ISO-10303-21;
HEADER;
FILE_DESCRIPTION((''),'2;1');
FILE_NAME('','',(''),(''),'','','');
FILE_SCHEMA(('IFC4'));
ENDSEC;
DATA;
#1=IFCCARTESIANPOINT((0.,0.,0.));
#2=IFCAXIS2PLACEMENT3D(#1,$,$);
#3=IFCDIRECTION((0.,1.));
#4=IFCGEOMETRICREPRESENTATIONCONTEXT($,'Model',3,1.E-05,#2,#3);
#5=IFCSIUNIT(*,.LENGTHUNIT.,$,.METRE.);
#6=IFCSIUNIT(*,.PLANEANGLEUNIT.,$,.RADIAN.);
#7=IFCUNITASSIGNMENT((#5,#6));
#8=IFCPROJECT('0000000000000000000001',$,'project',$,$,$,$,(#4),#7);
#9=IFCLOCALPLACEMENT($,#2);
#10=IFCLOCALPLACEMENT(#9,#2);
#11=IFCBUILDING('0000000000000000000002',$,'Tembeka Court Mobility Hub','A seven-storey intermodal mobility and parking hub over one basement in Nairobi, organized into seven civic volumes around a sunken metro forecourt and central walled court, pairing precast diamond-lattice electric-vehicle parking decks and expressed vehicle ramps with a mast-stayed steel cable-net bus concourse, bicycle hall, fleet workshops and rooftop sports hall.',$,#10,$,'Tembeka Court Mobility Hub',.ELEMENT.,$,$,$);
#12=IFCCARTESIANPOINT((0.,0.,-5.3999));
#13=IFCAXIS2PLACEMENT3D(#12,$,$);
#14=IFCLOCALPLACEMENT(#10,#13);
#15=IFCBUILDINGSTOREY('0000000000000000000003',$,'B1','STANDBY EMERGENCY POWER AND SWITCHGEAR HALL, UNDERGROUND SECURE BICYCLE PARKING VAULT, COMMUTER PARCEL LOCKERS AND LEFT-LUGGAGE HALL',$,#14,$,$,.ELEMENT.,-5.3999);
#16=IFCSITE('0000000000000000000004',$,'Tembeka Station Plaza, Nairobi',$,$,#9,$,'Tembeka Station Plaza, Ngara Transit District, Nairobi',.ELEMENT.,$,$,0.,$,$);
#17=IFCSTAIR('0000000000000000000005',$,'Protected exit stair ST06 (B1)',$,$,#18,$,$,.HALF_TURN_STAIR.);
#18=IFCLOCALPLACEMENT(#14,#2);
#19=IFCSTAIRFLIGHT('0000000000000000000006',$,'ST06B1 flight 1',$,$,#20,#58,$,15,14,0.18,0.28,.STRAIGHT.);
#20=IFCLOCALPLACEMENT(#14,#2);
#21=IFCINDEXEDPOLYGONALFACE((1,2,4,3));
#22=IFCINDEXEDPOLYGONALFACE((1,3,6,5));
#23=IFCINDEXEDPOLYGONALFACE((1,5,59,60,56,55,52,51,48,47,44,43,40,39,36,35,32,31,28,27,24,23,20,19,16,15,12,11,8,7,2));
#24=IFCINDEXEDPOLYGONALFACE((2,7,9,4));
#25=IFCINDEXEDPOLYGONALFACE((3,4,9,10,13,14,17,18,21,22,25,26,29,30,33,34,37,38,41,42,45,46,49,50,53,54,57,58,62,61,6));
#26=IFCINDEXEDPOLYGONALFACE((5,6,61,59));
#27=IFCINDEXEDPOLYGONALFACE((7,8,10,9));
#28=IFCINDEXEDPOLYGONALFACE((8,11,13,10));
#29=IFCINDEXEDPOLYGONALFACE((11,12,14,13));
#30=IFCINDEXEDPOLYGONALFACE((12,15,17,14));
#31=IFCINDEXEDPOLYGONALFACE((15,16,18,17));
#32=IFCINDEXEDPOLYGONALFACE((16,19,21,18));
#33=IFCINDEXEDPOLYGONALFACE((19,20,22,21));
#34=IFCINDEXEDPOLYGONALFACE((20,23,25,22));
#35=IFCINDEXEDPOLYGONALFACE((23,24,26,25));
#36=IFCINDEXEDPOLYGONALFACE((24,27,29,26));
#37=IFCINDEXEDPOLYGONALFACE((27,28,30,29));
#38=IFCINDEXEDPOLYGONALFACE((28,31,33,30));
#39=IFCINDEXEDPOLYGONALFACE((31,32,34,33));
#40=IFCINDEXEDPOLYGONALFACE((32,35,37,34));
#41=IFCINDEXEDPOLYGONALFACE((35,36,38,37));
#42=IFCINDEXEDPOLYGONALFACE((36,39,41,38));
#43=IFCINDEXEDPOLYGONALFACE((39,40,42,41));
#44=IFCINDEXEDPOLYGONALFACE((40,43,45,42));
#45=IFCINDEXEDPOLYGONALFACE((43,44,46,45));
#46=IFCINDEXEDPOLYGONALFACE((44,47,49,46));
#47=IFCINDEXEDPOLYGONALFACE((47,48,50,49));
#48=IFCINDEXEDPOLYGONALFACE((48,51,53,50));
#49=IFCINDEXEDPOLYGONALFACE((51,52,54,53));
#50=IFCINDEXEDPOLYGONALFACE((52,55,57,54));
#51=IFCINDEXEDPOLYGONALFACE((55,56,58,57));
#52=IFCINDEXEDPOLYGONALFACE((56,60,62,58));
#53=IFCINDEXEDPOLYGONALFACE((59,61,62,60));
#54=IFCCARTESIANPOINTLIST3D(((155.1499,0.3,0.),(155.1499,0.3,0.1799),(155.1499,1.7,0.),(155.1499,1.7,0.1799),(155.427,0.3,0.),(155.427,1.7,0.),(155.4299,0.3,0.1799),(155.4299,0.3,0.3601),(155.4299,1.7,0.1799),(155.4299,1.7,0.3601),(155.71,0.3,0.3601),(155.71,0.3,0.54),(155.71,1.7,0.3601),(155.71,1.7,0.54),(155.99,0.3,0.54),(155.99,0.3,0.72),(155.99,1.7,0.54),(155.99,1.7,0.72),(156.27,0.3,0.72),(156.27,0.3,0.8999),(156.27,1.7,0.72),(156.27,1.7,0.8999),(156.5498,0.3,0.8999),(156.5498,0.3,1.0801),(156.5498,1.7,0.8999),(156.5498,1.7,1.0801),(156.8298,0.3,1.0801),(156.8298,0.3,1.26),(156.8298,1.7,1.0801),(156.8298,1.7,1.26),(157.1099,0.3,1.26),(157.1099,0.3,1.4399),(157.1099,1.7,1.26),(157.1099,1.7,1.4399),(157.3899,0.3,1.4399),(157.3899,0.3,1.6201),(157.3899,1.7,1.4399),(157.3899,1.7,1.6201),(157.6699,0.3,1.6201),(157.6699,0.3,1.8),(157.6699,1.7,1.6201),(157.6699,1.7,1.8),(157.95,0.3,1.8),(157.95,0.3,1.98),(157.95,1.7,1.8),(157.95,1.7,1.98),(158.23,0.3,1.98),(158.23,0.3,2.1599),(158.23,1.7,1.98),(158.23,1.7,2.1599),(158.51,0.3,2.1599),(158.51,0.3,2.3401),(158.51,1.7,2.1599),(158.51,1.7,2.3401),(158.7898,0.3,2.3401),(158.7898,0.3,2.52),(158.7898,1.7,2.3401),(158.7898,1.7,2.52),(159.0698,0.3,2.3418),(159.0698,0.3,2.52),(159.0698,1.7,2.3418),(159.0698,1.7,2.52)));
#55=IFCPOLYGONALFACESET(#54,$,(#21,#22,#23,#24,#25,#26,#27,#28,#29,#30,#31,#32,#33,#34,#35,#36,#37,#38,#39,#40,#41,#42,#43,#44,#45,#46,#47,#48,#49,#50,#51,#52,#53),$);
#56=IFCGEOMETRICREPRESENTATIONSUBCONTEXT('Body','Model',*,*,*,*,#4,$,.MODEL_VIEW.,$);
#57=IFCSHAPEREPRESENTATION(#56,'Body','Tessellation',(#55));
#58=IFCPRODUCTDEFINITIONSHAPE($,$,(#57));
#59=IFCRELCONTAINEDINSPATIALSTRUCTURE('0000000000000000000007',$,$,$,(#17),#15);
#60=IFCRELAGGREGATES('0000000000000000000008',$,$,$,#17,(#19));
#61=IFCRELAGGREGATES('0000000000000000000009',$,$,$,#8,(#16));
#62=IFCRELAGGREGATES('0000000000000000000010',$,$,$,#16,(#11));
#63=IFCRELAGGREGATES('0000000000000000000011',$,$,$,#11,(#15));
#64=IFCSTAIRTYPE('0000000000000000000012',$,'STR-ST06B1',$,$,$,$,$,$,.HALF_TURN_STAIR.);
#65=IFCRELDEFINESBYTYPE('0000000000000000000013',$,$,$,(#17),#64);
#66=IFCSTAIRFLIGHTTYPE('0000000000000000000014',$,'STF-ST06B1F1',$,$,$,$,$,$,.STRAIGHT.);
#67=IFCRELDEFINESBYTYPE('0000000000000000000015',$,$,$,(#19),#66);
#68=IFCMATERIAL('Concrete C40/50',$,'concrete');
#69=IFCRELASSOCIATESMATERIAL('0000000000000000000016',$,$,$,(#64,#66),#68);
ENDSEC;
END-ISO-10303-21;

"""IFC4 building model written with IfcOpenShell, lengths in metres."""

from ifc_helpers import new_model, si_unit, direction, frame, origin, place, context, subcontext, project, spatial, polyline, outline, extrude, material, type_object, element, aggregate, save


model = new_model("IFC4")

# Units and contexts
model_context = context("Model", 3, precision=1e-05, world=origin(), true_north=direction((0.0, 1.0)))
body_context = subcontext(model_context, "Body", "Model", "MODEL_VIEW")
ifc_project = project(units=[si_unit("LENGTHUNIT", "METRE"), si_unit("PLANEANGLEUNIT", "RADIAN")], contexts=[model_context])

# Site, building, storey
site_placement = place(None, origin())
site = spatial("IfcSite", under=ifc_project, at=site_placement, Name="Tembeka Station Plaza, Nairobi", LongName="Tembeka Station Plaza, Ngara Transit District, Nairobi", CompositionType="ELEMENT", RefElevation=0.0)
building_placement = place(site_placement, origin())
building = spatial("IfcBuilding", under=site, at=building_placement, Name="Tembeka Court Mobility Hub", Description="A seven-storey intermodal mobility and parking hub over one basement in Nairobi, organized into seven civic volumes around a sunken metro forecourt and central walled court, pairing precast diamond-lattice electric-vehicle parking decks and expressed vehicle ramps with a mast-stayed steel cable-net bus concourse, bicycle hall, fleet workshops and rooftop sports hall.", LongName="Tembeka Court Mobility Hub", CompositionType="ELEMENT")
storey_placement = place(building_placement, frame((0.0, 0.0, -5.3999)))
storey = spatial("IfcBuildingStorey", under=building, at=storey_placement, Name="B1", Description="STANDBY EMERGENCY POWER AND SWITCHGEAR HALL, UNDERGROUND SECURE BICYCLE PARKING VAULT, COMMUTER PARCEL LOCKERS AND LEFT-LUGGAGE HALL", CompositionType="ELEMENT", Elevation=-5.3999)

# Shared definitions
ifc_material_1 = material(Name="Concrete C40/50", Category="concrete")

# Stair, stair flight
stair_type = type_object("IfcStairType", Name="STR-ST06B1", PredefinedType="HALF_TURN_STAIR", material=ifc_material_1)
stair_placement = place(storey_placement, origin())
stair = element("IfcStair", 1, at=stair_placement, inside=storey, type_object=stair_type, Name="Protected exit stair ST06 (B1)", PredefinedType="HALF_TURN_STAIR")
stair_flight_type = type_object("IfcStairFlightType", Name="STF-ST06B1F1", PredefinedType="STRAIGHT", material=ifc_material_1)
stair_flight_placement = place(storey_placement, frame((155.1499, 1.0, 0.0), z_axis=(0.0, 0.0, 1.0), x_axis=(1.0, 0.0, 0.0)))
stair_flight = element("IfcStairFlight", 2, at=stair_flight_placement, type_object=stair_flight_type, Name="ST06B1 flight 1", NumberOfRisers=15, NumberOfTreads=14, PredefinedType="STRAIGHT", RiserHeight=0.18, TreadLength=0.28, context=body_context, shape_type="SweptSolid", body=[
    extrude(outline(polyline([(0.0, 0.0), (0.0, 0.1799), (0.28, 0.1799), (0.28, 0.3601), (0.5601, 0.3601), (0.5601, 0.54), (0.8401, 0.54), (0.8401, 0.72), (1.1201, 0.72), (1.1201, 0.8999), (1.3999, 0.8999), (1.3999, 1.0801), (1.6799, 1.0801), (1.6799, 1.26), (1.96, 1.26), (1.96, 1.4399), (2.24, 1.4399), (2.24, 1.6201), (2.52, 1.6201), (2.52, 1.8), (2.8, 1.8), (2.8, 1.98), (3.0801, 1.98), (3.0801, 2.1599), (3.3601, 2.1599), (3.3601, 2.3401), (3.6399, 2.3401), (3.6399, 2.52), (3.9199, 2.52), (3.9199, 2.7), (3.9199, 2.3418), (0.2771, 0.0), (0.0, 0.0)])), frame((0.0, 0.7, 0.0), z_axis=(0.0, -1.0, 0.0), x_axis=(1.0, 0.0, 0.0)), (0.0, 0.0, 1.0), 1.3999),
])
aggregate(stair, [stair_flight])

save(model, "model.ifc")
